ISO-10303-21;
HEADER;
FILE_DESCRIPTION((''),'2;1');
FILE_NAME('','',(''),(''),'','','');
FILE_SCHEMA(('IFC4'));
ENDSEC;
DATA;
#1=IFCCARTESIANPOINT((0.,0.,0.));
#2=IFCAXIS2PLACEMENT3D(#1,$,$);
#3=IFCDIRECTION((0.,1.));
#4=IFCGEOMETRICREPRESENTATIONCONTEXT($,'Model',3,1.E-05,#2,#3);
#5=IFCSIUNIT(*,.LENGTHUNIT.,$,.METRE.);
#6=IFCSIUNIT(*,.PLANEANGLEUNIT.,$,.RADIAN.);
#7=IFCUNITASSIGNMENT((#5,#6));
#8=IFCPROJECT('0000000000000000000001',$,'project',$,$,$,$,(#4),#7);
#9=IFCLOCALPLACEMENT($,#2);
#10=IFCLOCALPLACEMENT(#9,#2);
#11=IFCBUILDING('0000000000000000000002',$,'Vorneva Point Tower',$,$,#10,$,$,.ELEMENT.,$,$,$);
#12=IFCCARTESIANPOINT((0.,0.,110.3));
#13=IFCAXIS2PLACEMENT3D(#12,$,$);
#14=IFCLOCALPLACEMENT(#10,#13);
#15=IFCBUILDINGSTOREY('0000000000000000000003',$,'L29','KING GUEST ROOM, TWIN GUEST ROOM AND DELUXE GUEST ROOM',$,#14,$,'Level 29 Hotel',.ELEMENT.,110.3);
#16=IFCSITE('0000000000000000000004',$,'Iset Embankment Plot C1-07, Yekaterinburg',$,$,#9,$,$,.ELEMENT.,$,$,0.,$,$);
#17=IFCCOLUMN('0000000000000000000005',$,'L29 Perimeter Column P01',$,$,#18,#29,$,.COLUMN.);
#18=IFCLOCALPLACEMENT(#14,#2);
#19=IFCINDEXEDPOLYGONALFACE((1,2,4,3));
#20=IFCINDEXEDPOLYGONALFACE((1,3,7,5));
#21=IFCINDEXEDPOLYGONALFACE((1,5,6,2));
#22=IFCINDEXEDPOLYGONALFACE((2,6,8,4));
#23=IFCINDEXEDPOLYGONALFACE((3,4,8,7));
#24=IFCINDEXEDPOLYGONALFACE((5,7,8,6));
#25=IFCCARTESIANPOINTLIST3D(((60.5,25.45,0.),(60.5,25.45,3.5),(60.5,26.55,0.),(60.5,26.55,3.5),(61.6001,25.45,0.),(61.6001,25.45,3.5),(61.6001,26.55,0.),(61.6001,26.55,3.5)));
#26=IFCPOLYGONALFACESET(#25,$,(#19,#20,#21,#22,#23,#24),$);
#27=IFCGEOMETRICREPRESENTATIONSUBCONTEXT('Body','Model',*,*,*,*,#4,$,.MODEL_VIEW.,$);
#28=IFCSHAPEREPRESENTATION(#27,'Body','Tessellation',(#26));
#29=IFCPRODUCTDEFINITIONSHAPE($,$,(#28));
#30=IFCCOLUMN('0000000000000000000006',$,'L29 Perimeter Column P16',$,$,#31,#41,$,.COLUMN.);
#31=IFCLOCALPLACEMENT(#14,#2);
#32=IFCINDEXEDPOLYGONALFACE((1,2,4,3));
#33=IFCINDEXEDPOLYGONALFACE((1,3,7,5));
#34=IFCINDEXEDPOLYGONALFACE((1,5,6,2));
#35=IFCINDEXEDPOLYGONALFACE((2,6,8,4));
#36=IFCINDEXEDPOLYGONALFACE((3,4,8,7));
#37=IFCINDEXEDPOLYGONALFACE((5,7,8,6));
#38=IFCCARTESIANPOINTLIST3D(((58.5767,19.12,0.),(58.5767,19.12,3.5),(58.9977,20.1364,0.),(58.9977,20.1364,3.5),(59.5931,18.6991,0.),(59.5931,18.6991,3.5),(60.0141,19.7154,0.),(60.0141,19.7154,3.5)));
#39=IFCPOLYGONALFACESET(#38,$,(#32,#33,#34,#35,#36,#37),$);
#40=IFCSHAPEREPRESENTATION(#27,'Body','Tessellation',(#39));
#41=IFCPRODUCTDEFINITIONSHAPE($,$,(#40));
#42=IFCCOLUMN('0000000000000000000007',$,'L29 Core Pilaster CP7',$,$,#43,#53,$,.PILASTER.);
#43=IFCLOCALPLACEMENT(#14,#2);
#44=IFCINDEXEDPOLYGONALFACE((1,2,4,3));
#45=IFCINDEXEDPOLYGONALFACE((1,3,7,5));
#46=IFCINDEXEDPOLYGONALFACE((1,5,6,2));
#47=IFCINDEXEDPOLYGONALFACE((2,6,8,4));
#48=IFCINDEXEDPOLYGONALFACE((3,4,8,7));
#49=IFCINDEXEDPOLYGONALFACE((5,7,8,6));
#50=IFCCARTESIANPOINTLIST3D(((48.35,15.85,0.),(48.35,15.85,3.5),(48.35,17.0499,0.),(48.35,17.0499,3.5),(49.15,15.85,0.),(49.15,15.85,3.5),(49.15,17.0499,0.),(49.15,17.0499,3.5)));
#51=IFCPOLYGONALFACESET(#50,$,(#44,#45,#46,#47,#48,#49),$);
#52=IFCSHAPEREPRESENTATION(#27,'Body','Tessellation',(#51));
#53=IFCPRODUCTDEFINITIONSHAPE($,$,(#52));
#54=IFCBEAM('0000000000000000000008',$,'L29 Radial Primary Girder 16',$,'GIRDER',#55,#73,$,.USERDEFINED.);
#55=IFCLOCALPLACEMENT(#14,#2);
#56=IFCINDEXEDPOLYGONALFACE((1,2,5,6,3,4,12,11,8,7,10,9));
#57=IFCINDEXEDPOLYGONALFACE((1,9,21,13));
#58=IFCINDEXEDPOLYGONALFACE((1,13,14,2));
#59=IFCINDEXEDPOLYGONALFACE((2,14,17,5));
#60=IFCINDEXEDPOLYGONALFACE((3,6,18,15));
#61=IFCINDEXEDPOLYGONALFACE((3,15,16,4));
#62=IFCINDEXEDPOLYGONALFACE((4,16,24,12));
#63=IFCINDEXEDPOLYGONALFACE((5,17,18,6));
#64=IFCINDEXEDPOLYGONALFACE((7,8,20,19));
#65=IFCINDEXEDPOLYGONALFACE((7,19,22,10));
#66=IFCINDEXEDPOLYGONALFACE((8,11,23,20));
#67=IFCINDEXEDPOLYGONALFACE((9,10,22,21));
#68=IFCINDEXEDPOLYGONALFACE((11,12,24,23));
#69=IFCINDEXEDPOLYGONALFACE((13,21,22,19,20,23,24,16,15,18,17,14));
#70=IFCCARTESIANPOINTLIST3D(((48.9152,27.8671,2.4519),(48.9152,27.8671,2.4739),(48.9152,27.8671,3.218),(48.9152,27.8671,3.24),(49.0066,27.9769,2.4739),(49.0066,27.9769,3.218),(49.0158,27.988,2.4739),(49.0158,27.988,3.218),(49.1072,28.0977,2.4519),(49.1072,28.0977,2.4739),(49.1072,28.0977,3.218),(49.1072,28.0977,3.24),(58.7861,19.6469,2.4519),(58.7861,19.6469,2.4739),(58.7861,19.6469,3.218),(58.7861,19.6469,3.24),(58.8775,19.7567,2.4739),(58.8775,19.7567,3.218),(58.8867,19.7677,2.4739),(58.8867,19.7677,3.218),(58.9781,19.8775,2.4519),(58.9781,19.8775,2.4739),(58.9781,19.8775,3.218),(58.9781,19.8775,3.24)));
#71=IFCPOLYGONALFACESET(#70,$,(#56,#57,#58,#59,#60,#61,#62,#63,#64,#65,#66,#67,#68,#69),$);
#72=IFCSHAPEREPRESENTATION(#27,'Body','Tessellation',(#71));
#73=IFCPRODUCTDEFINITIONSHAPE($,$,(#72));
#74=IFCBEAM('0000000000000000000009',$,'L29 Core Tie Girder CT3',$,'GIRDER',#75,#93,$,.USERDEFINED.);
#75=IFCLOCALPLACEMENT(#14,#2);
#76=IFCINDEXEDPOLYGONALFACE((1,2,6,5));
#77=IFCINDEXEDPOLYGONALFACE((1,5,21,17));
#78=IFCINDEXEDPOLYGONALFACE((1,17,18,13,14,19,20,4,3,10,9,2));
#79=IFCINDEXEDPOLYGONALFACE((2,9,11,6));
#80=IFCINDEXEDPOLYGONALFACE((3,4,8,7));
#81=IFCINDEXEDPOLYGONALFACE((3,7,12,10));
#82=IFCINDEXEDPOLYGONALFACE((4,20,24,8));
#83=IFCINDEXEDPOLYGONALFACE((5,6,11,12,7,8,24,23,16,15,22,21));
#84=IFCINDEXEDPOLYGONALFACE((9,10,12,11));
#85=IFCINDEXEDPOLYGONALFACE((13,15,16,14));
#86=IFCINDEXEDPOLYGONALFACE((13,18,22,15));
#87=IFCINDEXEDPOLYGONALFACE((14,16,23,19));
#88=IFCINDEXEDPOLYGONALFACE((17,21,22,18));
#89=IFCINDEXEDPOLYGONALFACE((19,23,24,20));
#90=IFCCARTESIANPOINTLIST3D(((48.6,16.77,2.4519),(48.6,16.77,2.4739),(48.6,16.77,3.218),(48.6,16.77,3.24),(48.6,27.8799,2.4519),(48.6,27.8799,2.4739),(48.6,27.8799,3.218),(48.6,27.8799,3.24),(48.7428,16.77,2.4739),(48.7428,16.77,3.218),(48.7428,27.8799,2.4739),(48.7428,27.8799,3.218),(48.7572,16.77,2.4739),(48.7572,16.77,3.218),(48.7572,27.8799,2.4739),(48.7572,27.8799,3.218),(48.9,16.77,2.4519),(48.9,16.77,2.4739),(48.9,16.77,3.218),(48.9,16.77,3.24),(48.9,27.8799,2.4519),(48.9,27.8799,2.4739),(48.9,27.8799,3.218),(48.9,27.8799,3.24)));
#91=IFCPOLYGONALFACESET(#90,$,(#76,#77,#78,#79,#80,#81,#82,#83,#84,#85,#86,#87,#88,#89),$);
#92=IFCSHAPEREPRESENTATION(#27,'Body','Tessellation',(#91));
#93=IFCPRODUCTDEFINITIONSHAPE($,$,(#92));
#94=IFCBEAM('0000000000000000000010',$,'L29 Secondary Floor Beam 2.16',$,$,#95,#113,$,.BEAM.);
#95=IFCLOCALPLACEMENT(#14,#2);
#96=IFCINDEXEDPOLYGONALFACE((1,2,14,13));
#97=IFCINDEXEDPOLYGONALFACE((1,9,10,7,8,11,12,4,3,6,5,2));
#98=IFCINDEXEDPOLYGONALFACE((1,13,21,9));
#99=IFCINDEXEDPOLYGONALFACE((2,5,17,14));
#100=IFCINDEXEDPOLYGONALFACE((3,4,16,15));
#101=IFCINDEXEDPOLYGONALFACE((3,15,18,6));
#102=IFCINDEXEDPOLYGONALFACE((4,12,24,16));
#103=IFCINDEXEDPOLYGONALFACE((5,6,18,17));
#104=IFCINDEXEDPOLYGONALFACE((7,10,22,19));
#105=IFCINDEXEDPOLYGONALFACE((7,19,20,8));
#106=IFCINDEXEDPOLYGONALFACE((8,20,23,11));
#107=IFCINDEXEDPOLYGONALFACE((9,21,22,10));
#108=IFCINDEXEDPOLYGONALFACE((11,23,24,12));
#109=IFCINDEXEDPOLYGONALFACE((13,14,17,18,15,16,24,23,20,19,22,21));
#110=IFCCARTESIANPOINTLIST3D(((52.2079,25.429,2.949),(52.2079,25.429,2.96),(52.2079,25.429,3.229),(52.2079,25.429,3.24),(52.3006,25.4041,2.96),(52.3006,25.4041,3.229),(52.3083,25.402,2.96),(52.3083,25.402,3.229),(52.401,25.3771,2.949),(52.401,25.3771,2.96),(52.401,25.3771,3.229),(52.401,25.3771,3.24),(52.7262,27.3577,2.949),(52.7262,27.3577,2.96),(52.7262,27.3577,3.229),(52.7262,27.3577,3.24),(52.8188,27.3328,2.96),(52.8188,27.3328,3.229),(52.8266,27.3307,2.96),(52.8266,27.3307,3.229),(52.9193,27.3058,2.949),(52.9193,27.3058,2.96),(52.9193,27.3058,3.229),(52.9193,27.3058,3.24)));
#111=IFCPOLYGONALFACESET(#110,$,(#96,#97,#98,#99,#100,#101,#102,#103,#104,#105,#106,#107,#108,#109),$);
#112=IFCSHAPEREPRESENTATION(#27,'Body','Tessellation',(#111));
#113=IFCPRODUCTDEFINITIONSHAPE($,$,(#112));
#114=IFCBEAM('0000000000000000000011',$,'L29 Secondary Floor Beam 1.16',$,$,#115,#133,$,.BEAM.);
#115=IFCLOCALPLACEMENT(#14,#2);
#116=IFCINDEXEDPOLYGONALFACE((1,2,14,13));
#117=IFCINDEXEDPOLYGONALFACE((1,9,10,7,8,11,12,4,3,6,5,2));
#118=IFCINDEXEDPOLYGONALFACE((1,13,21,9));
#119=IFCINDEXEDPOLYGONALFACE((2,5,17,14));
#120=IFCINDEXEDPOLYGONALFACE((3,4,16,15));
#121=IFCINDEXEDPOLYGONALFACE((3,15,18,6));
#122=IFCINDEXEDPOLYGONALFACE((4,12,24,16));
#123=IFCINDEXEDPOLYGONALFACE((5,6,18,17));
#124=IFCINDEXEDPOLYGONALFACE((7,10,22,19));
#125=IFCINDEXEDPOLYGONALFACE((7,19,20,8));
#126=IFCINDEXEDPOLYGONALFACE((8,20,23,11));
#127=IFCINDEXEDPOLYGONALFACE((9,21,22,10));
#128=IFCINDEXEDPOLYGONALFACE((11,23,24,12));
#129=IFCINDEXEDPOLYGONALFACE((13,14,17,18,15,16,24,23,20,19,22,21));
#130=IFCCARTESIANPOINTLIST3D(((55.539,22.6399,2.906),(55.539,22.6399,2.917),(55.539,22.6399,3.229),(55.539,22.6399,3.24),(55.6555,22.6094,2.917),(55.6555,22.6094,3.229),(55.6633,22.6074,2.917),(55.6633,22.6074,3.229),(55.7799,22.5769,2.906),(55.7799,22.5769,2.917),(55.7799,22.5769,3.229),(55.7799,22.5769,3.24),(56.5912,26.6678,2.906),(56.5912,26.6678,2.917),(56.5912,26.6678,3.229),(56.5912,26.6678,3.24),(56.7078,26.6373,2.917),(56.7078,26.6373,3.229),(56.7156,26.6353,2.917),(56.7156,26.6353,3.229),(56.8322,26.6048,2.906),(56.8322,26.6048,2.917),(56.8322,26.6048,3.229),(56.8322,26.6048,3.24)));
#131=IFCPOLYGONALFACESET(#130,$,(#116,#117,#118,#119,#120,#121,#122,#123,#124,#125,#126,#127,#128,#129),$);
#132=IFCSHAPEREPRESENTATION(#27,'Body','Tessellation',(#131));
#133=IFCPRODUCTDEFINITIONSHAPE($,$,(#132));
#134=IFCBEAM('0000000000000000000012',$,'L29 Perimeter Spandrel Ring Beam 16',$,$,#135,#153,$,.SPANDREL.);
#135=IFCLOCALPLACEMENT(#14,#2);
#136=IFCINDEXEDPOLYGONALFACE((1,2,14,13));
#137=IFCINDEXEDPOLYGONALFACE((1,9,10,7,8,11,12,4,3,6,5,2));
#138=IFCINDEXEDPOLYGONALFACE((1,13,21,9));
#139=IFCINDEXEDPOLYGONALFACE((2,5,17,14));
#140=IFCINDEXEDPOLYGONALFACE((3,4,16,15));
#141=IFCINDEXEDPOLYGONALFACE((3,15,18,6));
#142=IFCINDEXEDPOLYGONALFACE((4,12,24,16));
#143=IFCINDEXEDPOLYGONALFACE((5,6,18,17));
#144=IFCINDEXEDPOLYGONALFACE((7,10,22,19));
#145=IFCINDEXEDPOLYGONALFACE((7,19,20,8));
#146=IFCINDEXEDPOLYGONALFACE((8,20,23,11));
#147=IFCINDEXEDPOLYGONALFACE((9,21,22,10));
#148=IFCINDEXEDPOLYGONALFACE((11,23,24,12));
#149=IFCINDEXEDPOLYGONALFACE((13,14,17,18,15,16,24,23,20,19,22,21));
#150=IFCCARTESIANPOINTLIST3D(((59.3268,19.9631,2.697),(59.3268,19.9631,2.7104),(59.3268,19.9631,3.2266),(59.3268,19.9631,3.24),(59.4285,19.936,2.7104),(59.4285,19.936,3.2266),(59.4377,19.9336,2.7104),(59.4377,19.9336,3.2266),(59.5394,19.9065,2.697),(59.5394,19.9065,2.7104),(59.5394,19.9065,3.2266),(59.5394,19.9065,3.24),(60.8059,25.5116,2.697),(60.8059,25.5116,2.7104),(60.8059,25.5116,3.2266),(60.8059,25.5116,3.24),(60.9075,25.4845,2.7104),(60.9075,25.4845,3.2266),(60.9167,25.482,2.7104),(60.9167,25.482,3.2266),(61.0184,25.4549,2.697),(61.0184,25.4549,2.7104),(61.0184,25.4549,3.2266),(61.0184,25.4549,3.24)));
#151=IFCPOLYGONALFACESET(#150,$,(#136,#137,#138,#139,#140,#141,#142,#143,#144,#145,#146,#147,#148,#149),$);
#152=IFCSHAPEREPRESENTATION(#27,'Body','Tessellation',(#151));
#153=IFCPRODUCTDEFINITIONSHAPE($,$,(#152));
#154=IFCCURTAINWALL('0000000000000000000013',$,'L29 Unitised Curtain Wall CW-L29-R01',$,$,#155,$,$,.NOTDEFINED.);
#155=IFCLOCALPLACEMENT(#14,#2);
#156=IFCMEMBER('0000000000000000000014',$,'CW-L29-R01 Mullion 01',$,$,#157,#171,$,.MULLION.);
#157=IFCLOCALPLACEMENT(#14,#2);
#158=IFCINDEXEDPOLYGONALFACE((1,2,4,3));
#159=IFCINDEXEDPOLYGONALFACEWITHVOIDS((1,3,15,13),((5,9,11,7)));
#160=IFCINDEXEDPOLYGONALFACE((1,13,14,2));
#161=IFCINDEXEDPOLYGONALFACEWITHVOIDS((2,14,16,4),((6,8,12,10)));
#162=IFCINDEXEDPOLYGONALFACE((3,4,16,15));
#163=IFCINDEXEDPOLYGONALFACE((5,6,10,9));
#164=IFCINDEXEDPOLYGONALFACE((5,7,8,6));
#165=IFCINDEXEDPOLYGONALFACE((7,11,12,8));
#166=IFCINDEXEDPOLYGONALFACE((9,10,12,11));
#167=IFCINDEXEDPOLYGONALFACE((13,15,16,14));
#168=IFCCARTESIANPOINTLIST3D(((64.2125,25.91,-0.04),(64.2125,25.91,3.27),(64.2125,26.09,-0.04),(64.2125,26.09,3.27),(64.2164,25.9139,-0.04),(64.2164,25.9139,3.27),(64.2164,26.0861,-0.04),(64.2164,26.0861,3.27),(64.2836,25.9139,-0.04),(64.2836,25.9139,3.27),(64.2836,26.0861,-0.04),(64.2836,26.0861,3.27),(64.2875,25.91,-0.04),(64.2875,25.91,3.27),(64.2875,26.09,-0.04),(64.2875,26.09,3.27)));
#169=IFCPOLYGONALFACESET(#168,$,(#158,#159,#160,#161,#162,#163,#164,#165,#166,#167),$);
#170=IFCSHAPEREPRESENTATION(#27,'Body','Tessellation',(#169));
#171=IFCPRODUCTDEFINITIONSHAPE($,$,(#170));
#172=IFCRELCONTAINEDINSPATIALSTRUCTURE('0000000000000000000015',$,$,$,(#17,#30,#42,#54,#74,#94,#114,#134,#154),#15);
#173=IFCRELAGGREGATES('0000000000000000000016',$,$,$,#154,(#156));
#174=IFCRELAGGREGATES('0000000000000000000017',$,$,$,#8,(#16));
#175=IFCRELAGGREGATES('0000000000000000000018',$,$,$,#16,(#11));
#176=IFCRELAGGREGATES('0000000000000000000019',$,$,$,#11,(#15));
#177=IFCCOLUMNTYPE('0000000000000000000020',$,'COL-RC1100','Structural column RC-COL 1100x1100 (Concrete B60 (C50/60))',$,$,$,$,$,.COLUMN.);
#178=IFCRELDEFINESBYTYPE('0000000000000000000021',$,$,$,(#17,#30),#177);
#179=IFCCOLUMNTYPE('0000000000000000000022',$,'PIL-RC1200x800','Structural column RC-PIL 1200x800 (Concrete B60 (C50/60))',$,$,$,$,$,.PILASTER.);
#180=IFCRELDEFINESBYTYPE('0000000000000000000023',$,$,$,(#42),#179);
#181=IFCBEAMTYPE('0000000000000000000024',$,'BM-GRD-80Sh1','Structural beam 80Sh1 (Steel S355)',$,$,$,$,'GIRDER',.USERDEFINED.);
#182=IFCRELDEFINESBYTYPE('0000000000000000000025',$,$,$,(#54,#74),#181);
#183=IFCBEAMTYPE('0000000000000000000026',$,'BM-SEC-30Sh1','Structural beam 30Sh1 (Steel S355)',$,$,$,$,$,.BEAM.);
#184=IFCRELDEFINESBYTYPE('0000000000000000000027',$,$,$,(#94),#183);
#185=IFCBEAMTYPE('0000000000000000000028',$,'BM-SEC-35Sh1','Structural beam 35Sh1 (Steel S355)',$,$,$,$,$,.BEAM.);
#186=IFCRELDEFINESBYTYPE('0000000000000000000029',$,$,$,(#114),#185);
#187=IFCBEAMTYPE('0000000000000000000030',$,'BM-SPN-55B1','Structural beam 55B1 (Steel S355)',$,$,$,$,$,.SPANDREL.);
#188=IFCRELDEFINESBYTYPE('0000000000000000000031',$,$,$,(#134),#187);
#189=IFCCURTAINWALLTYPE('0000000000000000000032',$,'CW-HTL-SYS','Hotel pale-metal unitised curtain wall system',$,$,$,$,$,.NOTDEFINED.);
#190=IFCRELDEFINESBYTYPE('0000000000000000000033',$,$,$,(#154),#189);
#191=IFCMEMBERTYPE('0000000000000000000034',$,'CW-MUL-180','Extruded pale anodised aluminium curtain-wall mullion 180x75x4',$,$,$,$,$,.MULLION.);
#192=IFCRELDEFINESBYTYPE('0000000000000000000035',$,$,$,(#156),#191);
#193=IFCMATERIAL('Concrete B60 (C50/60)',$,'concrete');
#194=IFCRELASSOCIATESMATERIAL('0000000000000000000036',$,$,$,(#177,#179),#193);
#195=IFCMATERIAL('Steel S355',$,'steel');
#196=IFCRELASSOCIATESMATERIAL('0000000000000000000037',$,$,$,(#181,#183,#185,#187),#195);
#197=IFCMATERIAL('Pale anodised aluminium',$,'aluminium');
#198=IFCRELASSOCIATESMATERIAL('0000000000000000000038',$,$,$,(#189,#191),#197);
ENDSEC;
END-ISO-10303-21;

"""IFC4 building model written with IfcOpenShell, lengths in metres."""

from ifc_helpers import new_model, si_unit, direction, frame, origin, origin_2d, place, context, subcontext, project, spatial, rectangle, hollow_rectangle, i_section, extrude, material, material_profile, profile_set, type_object, element, aggregate, save


model = new_model("IFC4")

# Units and contexts
model_context = context("Model", 3, precision=1e-05, world=origin(), true_north=direction((0.0, 1.0)))
body_context = subcontext(model_context, "Body", "Model", "MODEL_VIEW")
ifc_project = project(units=[si_unit("LENGTHUNIT", "METRE"), si_unit("PLANEANGLEUNIT", "RADIAN")], contexts=[model_context])

# Site, building, storey
site_placement = place(None, origin())
site = spatial("IfcSite", under=ifc_project, at=site_placement, Name="Iset Embankment Plot C1-07, Yekaterinburg", CompositionType="ELEMENT", RefElevation=0.0)
building_placement = place(site_placement, origin())
building = spatial("IfcBuilding", under=site, at=building_placement, Name="Vorneva Point Tower", CompositionType="ELEMENT")
storey_placement = place(building_placement, frame((0.0, 0.0, 110.3)))
storey = spatial("IfcBuildingStorey", under=building, at=storey_placement, Name="L29", Description="KING GUEST ROOM, TWIN GUEST ROOM AND DELUXE GUEST ROOM", LongName="Level 29 Hotel", CompositionType="ELEMENT", Elevation=110.3)

# Columns
ifc_material_1 = material(Name="Concrete B60 (C50/60)", Category="concrete")
ifc_material_profile_1 = material_profile(ifc_material_1, rectangle(XDim=1.1001, YDim=1.1001, at=origin_2d()), Name="RC-COL 1100x1100")
ifc_profile_set_1 = profile_set([ifc_material_profile_1], Name="Concrete B60 (C50/60)")
column_type_1 = type_object("IfcColumnType", Name="COL-RC1100", Description="Structural column RC-COL 1100x1100 (Concrete B60 (C50/60))", PredefinedType="COLUMN", material=ifc_profile_set_1)
for number, where, z_axis, x_axis, name in (
    (1, (61.05, 26.0, 0.0), (0.0, 0.0, 1.0), (1.0, 0.0, 0.0), "L29 Perimeter Column P01"),
    (2, (59.2954, 19.4177, 0.0), (0.0, 0.0, 1.0), (0.92388, -0.382683, 0.0), "L29 Perimeter Column P16"),
):
    element("IfcColumn", number, at=place(storey_placement, frame(where, z_axis=z_axis, x_axis=x_axis)), inside=storey, type_object=column_type_1, Name=name, PredefinedType="COLUMN", context=body_context, shape_type="SweptSolid", body=[
        extrude(rectangle(XDim=1.1001, YDim=1.1001, at=origin_2d()), origin(), (0.0, 0.0, 1.0), 3.5),
    ])
ifc_material_profile_2 = material_profile(ifc_material_1, rectangle(XDim=0.8, YDim=1.2, at=origin_2d()), Name="RC-PIL 1200x800")
ifc_profile_set_2 = profile_set([ifc_material_profile_2], Name="Concrete B60 (C50/60)")
column_type_2 = type_object("IfcColumnType", Name="PIL-RC1200x800", Description="Structural column RC-PIL 1200x800 (Concrete B60 (C50/60))", PredefinedType="PILASTER", material=ifc_profile_set_2)
column_placement = place(storey_placement, frame((48.75, 16.45, 0.0), z_axis=(0.0, 0.0, 1.0), x_axis=(1.0, 0.0, 0.0)))
element("IfcColumn", 3, at=column_placement, inside=storey, type_object=column_type_2, Name="L29 Core Pilaster CP7", PredefinedType="PILASTER", context=body_context, shape_type="SweptSolid", body=[
    extrude(rectangle(XDim=0.8, YDim=1.2, at=origin_2d()), origin(), (0.0, 0.0, 1.0), 3.5),
])

# Beams
ifc_material_2 = material(Name="Steel S355", Category="steel")
ifc_material_profile_3 = material_profile(ifc_material_2, i_section(OverallWidth=0.3, OverallDepth=0.7881, WebThickness=0.0144, FlangeThickness=0.022, at=origin_2d()), Name="80Sh1")
ifc_profile_set_3 = profile_set([ifc_material_profile_3], Name="Steel S355")
beam_type_1 = type_object("IfcBeamType", Name="BM-GRD-80Sh1", Description="Structural beam 80Sh1 (Steel S355)", ElementType="GIRDER", PredefinedType="USERDEFINED", material=ifc_profile_set_3)
beam_1_placement = place(storey_placement, frame((58.8821, 19.7622, 2.8459), z_axis=(-0.768432, 0.639932, 0.0), x_axis=(-0.639932, -0.768432, 0.0)))
element("IfcBeam", 4, at=beam_1_placement, inside=storey, type_object=beam_type_1, Name="L29 Radial Primary Girder 16", ObjectType="GIRDER", PredefinedType="USERDEFINED", context=body_context, shape_type="SweptSolid", body=[
    extrude(i_section(OverallWidth=0.3, OverallDepth=0.7881, WebThickness=0.0144, FlangeThickness=0.022, at=origin_2d()), origin(), (0.0, 0.0, 1.0), 12.8455),
])
beam_2_placement = place(storey_placement, frame((48.75, 16.77, 2.8459), z_axis=(0.0, 1.0, 0.0), x_axis=(-1.0, 0.0, 0.0)))
element("IfcBeam", 5, at=beam_2_placement, inside=storey, type_object=beam_type_1, Name="L29 Core Tie Girder CT3", ObjectType="GIRDER", PredefinedType="USERDEFINED", context=body_context, shape_type="SweptSolid", body=[
    extrude(i_section(OverallWidth=0.3, OverallDepth=0.7881, WebThickness=0.0144, FlangeThickness=0.022, at=origin_2d()), origin(), (0.0, 0.0, 1.0), 11.1099),
])
ifc_material_profile_4 = material_profile(ifc_material_2, i_section(OverallWidth=0.2, OverallDepth=0.291, WebThickness=0.0081, FlangeThickness=0.011, at=origin_2d()), Name="30Sh1")
ifc_profile_set_4 = profile_set([ifc_material_profile_4], Name="Steel S355")
beam_type_2 = type_object("IfcBeamType", Name="BM-SEC-30Sh1", Description="Structural beam 30Sh1 (Steel S355)", PredefinedType="BEAM", material=ifc_profile_set_4)
beam_3_placement = place(storey_placement, frame((52.3044, 25.4031, 3.0945), z_axis=(0.259526, 0.965736, 0.0), x_axis=(-0.965736, 0.259526, 0.0)))
element("IfcBeam", 6, at=beam_3_placement, inside=storey, type_object=beam_type_2, Name="L29 Secondary Floor Beam 2.16", PredefinedType="BEAM", context=body_context, shape_type="SweptSolid", body=[
    extrude(i_section(OverallWidth=0.2, OverallDepth=0.291, WebThickness=0.0081, FlangeThickness=0.011, at=origin_2d()), origin(), (0.0, 0.0, 1.0), 1.9971),
])
ifc_material_profile_5 = material_profile(ifc_material_2, i_section(OverallWidth=0.249, OverallDepth=0.334, WebThickness=0.0081, FlangeThickness=0.011, at=origin_2d()), Name="35Sh1")
ifc_profile_set_5 = profile_set([ifc_material_profile_5], Name="Steel S355")
beam_type_3 = type_object("IfcBeamType", Name="BM-SEC-35Sh1", Description="Structural beam 35Sh1 (Steel S355)", PredefinedType="BEAM", material=ifc_profile_set_5)
beam_4_placement = place(storey_placement, frame((55.6594, 22.6084, 3.073), z_axis=(0.252761, 0.967529, 0.0), x_axis=(-0.967529, 0.252761, 0.0)))
element("IfcBeam", 7, at=beam_4_placement, inside=storey, type_object=beam_type_3, Name="L29 Secondary Floor Beam 1.16", PredefinedType="BEAM", context=body_context, shape_type="SweptSolid", body=[
    extrude(i_section(OverallWidth=0.249, OverallDepth=0.334, WebThickness=0.0081, FlangeThickness=0.011, at=origin_2d()), origin(), (0.0, 0.0, 1.0), 4.1631),
])
ifc_material_profile_6 = material_profile(ifc_material_2, i_section(OverallWidth=0.22, OverallDepth=0.543, WebThickness=0.0095, FlangeThickness=0.0134, at=origin_2d()), Name="55B1")
ifc_profile_set_6 = profile_set([ifc_material_profile_6], Name="Steel S355")
beam_type_4 = type_object("IfcBeamType", Name="BM-SPN-55B1", Description="Structural beam 55B1 (Steel S355)", PredefinedType="SPANDREL", material=ifc_profile_set_6)
beam_5_placement = place(storey_placement, frame((59.4331, 19.9348, 2.9685), z_axis=(0.257573, 0.966259, 0.0), x_axis=(-0.966259, 0.257573, 0.0)))
element("IfcBeam", 8, at=beam_5_placement, inside=storey, type_object=beam_type_4, Name="L29 Perimeter Spandrel Ring Beam 16", PredefinedType="SPANDREL", context=body_context, shape_type="SweptSolid", body=[
    extrude(i_section(OverallWidth=0.22, OverallDepth=0.543, WebThickness=0.0095, FlangeThickness=0.0134, at=origin_2d()), origin(), (0.0, 0.0, 1.0), 5.7422),
])

# Curtain wall, member
ifc_material_3 = material(Name="Pale anodised aluminium", Category="aluminium")
curtain_wall_type = type_object("IfcCurtainWallType", Name="CW-HTL-SYS", Description="Hotel pale-metal unitised curtain wall system", PredefinedType="NOTDEFINED", material=ifc_material_3)
curtain_wall_1_placement = place(storey_placement, origin())
curtain_wall_1 = element("IfcCurtainWall", 9, at=curtain_wall_1_placement, inside=storey, type_object=curtain_wall_type, Name="L29 Unitised Curtain Wall CW-L29-R01", PredefinedType="NOTDEFINED")
ifc_material_profile_7 = material_profile(ifc_material_3, hollow_rectangle(XDim=0.075, YDim=0.1799, WallThickness=0.0039, at=origin_2d()), Name="AL-MUL 180x75x4")
ifc_profile_set_7 = profile_set([ifc_material_profile_7], Name="Pale anodised aluminium")
member_type_1 = type_object("IfcMemberType", Name="CW-MUL-180", Description="Extruded pale anodised aluminium curtain-wall mullion 180x75x4", PredefinedType="MULLION", material=ifc_profile_set_7)
member_1_placement = place(storey_placement, frame((64.25, 26.0, -0.04), z_axis=(0.0, 0.0, 1.0), x_axis=(1.0, 0.0, 0.0)))
member_1 = element("IfcMember", 10, at=member_1_placement, type_object=member_type_1, Name="CW-L29-R01 Mullion 01", PredefinedType="MULLION", context=body_context, shape_type="SweptSolid", body=[
    extrude(hollow_rectangle(XDim=0.075, YDim=0.1799, WallThickness=0.0039, at=origin_2d()), origin(), (0.0, 0.0, 1.0), 3.3101),
])

aggregate(curtain_wall_1, [member_1])

save(model, "model.ifc")
